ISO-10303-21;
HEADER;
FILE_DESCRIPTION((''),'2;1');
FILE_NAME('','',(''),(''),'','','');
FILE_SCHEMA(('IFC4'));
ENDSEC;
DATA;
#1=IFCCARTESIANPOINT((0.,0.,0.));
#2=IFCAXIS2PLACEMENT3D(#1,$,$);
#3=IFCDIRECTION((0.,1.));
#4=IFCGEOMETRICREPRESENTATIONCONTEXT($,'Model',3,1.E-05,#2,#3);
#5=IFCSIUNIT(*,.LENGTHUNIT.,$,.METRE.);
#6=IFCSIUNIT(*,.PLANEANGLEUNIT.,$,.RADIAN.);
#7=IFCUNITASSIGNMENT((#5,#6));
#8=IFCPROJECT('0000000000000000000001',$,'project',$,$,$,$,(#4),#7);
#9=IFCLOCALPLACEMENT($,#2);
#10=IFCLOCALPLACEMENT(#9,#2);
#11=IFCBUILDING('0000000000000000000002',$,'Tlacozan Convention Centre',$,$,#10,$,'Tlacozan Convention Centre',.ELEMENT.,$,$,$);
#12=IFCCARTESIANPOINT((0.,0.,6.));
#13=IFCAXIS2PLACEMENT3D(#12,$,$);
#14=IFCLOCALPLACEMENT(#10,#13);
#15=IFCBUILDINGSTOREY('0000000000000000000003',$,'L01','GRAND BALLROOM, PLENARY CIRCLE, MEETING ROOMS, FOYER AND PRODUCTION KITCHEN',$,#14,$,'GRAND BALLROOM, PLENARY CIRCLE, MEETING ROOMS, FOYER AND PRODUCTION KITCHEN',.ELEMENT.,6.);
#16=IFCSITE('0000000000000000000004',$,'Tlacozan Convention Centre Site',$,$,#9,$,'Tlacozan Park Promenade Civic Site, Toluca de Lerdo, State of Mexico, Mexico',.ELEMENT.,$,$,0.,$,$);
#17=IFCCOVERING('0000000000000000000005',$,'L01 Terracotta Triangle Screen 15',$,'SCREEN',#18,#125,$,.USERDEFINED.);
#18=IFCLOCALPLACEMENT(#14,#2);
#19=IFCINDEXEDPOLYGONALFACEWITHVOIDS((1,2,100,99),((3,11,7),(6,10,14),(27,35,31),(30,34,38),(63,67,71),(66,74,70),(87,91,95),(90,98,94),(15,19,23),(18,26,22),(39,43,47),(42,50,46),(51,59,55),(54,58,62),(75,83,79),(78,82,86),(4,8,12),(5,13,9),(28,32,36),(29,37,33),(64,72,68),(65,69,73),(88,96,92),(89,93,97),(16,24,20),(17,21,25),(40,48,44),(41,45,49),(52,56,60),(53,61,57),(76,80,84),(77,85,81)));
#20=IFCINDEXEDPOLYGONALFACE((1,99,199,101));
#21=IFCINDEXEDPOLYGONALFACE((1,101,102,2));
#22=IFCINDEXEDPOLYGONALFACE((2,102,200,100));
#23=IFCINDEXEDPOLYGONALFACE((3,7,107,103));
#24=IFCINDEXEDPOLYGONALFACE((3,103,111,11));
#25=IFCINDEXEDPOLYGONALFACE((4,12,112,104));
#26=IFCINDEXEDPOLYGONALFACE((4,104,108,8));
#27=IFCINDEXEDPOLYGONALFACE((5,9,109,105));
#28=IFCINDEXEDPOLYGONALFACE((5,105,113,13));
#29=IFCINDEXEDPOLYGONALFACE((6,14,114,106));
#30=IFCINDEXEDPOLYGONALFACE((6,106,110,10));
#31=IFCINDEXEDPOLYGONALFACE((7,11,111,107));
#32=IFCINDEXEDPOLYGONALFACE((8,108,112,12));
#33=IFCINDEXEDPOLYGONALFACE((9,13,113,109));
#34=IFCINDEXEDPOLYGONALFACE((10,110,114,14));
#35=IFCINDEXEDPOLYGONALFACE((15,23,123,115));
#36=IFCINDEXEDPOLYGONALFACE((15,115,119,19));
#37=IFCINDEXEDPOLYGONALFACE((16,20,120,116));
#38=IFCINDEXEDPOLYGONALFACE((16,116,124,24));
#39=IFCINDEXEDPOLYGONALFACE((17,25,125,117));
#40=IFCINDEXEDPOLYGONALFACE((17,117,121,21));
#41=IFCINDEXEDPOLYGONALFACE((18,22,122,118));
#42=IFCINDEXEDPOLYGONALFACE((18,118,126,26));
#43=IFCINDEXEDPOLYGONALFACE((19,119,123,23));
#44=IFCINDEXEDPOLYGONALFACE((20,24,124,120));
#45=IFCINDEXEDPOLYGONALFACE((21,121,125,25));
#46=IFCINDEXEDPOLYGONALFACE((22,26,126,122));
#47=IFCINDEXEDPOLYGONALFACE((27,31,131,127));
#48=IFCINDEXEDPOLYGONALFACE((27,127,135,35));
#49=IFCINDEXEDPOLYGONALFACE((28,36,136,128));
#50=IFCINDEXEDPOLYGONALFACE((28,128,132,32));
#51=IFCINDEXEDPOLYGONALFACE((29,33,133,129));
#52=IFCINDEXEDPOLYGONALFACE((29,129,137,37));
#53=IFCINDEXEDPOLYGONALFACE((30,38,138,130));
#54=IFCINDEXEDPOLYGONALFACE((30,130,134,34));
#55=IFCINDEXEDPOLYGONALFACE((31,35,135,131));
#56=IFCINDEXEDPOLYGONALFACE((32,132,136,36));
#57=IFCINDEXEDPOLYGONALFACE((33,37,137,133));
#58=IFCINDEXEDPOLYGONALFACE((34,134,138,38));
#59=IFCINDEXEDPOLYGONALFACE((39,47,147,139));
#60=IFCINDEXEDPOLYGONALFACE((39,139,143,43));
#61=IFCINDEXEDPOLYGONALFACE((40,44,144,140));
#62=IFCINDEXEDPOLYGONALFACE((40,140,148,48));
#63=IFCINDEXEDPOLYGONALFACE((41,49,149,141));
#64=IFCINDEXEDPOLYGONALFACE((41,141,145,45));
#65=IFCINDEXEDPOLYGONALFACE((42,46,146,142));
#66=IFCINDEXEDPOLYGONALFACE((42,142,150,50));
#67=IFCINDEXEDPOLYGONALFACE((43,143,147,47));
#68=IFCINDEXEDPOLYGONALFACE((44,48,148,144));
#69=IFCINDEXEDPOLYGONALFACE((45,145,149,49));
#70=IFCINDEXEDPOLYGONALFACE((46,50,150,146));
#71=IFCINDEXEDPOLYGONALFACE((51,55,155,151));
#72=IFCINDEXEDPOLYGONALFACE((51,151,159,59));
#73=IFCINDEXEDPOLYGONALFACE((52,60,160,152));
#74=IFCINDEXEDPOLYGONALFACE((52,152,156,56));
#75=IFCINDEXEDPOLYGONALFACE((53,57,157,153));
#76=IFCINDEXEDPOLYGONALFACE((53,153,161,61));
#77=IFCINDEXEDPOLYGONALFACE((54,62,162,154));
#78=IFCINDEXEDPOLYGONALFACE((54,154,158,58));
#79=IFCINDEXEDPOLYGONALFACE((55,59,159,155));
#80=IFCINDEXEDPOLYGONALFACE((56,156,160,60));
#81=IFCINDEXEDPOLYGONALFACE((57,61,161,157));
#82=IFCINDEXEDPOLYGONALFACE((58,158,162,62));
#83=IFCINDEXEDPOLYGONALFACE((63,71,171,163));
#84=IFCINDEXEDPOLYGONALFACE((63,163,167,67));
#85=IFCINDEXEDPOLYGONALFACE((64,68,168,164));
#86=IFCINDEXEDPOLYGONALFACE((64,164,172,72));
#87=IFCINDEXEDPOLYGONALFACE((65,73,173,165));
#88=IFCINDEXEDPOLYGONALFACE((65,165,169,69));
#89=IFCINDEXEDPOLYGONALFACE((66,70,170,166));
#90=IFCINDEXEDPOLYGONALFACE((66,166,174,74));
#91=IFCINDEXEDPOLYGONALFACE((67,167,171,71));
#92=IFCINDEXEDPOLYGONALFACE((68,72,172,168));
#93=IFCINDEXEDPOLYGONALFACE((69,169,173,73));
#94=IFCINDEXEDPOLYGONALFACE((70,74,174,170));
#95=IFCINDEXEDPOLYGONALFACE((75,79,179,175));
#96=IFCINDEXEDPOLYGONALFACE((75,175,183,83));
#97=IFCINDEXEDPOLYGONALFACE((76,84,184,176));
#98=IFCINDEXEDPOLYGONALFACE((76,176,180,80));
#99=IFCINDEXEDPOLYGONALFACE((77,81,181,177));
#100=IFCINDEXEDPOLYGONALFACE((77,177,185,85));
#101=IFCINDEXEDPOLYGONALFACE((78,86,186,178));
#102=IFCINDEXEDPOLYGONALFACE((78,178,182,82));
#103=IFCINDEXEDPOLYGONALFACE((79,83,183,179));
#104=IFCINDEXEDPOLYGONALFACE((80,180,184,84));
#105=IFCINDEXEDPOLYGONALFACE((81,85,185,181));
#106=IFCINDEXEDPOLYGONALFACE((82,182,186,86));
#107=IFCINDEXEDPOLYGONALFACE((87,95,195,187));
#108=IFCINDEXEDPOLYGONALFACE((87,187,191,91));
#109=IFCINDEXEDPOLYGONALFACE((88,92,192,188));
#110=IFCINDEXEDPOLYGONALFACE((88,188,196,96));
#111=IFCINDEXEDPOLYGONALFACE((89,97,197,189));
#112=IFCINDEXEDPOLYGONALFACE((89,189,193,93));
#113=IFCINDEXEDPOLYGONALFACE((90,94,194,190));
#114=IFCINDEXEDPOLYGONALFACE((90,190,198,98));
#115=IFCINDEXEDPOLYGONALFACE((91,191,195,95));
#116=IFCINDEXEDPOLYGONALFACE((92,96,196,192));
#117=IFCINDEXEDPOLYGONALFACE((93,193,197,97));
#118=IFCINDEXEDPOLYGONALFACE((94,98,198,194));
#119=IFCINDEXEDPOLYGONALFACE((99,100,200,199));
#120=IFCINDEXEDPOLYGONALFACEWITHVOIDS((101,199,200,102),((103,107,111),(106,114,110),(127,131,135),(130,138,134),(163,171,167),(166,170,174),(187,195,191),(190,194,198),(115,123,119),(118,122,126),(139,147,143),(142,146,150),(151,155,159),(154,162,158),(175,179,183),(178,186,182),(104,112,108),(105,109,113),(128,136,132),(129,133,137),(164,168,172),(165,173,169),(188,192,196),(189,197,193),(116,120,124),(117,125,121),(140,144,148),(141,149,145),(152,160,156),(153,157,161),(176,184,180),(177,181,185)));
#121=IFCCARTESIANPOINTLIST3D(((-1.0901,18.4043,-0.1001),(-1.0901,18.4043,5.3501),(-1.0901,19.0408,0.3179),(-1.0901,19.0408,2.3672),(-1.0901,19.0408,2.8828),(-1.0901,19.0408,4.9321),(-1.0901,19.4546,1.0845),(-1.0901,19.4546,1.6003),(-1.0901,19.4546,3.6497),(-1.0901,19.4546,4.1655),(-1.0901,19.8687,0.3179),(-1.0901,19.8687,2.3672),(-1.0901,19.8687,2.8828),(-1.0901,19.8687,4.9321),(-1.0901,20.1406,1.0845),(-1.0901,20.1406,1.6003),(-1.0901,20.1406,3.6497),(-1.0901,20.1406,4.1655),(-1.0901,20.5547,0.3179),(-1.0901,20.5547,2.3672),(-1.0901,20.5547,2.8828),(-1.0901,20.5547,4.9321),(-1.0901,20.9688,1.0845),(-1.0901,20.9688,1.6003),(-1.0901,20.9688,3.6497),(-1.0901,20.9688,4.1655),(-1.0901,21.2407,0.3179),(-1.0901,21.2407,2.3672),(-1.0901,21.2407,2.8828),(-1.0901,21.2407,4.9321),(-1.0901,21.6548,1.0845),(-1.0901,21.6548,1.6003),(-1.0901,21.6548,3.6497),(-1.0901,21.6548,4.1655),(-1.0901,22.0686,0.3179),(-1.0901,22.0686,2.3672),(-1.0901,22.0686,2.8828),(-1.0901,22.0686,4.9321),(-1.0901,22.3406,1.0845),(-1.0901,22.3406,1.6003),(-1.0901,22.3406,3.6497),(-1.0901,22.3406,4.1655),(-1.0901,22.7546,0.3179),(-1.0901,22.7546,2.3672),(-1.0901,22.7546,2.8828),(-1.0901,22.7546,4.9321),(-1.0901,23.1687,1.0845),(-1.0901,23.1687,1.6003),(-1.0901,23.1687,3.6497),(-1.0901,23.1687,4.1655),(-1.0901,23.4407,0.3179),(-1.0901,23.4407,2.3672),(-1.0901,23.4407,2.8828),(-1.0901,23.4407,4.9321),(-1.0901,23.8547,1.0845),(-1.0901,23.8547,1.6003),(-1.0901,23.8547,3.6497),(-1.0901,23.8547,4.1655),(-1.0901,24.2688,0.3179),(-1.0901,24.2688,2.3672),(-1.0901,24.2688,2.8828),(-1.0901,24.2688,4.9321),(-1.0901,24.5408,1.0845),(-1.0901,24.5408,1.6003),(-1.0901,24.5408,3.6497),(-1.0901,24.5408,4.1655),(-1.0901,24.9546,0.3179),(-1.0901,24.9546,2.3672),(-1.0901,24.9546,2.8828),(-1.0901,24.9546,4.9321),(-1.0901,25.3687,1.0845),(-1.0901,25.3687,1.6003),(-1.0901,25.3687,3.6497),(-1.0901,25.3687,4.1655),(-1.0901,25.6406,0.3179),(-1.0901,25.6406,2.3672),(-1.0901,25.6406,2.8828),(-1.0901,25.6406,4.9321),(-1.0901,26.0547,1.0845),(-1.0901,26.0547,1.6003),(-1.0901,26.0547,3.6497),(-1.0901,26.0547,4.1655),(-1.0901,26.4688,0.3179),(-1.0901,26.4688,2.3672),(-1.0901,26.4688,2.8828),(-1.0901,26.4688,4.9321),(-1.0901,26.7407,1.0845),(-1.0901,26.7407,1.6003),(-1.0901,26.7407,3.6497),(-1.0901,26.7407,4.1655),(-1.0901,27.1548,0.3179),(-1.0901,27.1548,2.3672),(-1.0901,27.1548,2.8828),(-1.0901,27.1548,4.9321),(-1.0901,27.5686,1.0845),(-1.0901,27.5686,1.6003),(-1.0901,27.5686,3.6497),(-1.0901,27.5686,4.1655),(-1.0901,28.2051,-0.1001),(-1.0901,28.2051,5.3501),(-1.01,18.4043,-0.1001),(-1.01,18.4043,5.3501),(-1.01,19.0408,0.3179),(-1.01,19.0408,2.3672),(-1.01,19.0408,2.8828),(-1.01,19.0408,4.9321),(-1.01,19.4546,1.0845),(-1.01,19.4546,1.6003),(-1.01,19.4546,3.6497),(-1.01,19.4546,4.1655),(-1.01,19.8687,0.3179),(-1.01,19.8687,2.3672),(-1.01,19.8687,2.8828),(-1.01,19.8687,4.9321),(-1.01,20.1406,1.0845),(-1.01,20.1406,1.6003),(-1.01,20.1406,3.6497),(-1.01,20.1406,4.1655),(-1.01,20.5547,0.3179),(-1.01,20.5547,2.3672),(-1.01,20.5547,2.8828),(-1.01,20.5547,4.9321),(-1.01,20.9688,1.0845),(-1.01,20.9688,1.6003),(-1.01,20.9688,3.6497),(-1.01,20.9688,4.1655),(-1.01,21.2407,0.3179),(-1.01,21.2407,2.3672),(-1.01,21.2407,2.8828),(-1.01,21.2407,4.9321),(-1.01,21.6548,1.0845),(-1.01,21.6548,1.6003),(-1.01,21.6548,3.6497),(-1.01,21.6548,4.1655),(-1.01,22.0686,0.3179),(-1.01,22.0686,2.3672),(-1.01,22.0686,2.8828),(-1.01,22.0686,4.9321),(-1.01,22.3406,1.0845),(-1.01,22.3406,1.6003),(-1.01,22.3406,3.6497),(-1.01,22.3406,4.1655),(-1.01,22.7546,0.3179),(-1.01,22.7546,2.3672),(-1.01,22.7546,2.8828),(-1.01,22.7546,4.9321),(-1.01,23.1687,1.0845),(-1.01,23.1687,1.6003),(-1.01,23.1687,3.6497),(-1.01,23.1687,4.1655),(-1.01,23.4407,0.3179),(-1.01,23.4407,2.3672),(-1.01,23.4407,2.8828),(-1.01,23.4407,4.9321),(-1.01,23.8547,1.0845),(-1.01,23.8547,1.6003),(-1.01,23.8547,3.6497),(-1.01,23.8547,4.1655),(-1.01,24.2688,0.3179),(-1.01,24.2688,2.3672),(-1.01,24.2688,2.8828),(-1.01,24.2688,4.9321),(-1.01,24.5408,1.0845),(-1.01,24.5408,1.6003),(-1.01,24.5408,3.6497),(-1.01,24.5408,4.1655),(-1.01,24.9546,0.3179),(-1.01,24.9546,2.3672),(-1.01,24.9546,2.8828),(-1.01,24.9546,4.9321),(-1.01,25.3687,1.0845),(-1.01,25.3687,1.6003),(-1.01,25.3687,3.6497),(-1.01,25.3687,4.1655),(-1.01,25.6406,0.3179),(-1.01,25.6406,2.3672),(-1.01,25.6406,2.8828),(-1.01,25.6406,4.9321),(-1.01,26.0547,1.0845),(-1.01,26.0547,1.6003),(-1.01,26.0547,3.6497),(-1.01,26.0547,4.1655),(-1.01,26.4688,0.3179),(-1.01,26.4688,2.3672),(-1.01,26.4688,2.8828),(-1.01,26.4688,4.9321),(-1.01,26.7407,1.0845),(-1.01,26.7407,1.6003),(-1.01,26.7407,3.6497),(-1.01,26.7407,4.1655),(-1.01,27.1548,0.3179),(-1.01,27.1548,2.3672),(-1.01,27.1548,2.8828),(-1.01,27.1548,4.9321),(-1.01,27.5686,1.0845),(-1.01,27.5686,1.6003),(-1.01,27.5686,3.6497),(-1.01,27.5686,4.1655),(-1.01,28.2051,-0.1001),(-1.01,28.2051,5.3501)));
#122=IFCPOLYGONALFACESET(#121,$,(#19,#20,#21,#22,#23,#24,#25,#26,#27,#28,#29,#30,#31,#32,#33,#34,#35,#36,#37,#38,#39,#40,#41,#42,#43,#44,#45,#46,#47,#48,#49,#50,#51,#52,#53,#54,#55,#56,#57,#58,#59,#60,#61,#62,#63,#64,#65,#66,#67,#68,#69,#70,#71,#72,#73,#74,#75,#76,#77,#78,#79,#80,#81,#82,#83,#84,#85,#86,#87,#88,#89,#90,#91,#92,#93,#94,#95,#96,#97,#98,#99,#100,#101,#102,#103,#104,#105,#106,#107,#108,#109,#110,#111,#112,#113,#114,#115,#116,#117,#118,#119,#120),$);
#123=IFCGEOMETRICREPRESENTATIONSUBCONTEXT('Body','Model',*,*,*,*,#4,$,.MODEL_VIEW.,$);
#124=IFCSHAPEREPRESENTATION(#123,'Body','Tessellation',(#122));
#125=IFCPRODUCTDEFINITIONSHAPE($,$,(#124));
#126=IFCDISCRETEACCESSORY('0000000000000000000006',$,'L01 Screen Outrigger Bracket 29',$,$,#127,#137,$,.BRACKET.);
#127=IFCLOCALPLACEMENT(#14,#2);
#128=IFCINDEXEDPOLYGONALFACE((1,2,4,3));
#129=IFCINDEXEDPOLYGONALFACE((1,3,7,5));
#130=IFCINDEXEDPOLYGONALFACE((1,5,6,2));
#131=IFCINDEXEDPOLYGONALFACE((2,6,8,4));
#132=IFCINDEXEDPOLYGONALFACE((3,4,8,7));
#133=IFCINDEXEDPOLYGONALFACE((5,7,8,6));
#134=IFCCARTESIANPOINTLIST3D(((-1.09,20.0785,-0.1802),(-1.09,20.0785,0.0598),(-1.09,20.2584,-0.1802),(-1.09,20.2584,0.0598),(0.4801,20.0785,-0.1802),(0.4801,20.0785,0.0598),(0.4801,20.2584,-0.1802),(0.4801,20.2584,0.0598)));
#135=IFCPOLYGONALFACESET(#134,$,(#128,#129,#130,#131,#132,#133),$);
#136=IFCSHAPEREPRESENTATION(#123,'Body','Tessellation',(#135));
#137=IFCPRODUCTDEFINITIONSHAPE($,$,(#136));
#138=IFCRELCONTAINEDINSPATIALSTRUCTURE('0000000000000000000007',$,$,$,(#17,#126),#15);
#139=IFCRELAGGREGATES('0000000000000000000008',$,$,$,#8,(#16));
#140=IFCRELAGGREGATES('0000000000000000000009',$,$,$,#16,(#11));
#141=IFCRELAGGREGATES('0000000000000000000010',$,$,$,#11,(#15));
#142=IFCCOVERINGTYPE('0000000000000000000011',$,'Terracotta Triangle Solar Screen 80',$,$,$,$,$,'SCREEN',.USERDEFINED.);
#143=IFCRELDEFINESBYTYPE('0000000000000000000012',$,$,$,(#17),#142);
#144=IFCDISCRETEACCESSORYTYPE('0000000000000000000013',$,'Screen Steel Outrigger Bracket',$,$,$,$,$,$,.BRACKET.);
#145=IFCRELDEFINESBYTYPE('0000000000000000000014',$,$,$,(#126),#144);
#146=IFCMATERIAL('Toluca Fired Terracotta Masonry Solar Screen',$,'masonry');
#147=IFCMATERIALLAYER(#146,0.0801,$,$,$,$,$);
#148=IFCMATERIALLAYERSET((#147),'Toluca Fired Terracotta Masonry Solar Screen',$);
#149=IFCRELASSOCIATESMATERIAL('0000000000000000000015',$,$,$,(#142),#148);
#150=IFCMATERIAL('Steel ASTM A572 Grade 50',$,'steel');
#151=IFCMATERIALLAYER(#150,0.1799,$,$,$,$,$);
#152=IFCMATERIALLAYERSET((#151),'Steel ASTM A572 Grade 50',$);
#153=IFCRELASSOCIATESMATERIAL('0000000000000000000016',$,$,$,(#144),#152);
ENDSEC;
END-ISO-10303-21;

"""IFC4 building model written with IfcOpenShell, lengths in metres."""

from ifc_helpers import new_model, si_unit, direction, frame, origin, origin_2d, place, context, subcontext, project, spatial, polyline, rectangle, outline, extrude, material, layer, layer_set, type_object, element, save


model = new_model("IFC4")

# Units and contexts
model_context = context("Model", 3, precision=1e-05, world=origin(), true_north=direction((0.0, 1.0)))
body_context = subcontext(model_context, "Body", "Model", "MODEL_VIEW")
ifc_project = project(units=[si_unit("LENGTHUNIT", "METRE"), si_unit("PLANEANGLEUNIT", "RADIAN")], contexts=[model_context])

# Site, building, storey
site_placement = place(None, origin())
site = spatial("IfcSite", under=ifc_project, at=site_placement, Name="Tlacozan Convention Centre Site", LongName="Tlacozan Park Promenade Civic Site, Toluca de Lerdo, State of Mexico, Mexico", CompositionType="ELEMENT", RefElevation=0.0)
building_placement = place(site_placement, origin())
building = spatial("IfcBuilding", under=site, at=building_placement, Name="Tlacozan Convention Centre", LongName="Tlacozan Convention Centre", CompositionType="ELEMENT")
storey_placement = place(building_placement, frame((0.0, 0.0, 6.0)))
storey = spatial("IfcBuildingStorey", under=building, at=storey_placement, Name="L01", Description="GRAND BALLROOM, PLENARY CIRCLE, MEETING ROOMS, FOYER AND PRODUCTION KITCHEN", LongName="GRAND BALLROOM, PLENARY CIRCLE, MEETING ROOMS, FOYER AND PRODUCTION KITCHEN", CompositionType="ELEMENT", Elevation=6.0)

# Covering
ifc_material_1 = material(Name="Toluca Fired Terracotta Masonry Solar Screen", Category="masonry")
ifc_layer_1 = layer(ifc_material_1, 0.0801)
ifc_layer_set_1 = layer_set([ifc_layer_1], Name="Toluca Fired Terracotta Masonry Solar Screen")
covering_type = type_object("IfcCoveringType", Name="Terracotta Triangle Solar Screen 80", ElementType="SCREEN", PredefinedType="USERDEFINED", material=ifc_layer_set_1)
covering_placement = place(storey_placement, frame((-1.05, 18.4043, -0.1001), z_axis=(0.0, 0.0, 1.0), x_axis=(0.0, 1.0, 0.0)))
element("IfcCovering", 1, at=covering_placement, inside=storey, type_object=covering_type, Name="L01 Terracotta Triangle Screen 15", ObjectType="SCREEN", PredefinedType="USERDEFINED", context=body_context, shape_type="SweptSolid", body=[
    extrude(outline(polyline([(0.0, 0.0), (9.8008, 0.0), (9.8008, 5.4502), (0.0, 5.4502), (0.0, 0.0)]), holes=[polyline([(0.6365, 0.418), (1.4644, 0.418), (1.0503, 1.1846), (0.6365, 0.418)]), polyline([(1.7363, 1.1846), (2.5645, 1.1846), (2.1504, 0.418), (1.7363, 1.1846)]), polyline([(2.8364, 0.418), (3.6643, 0.418), (3.2505, 1.1846), (2.8364, 0.418)]), polyline([(3.9363, 1.1846), (4.7644, 1.1846), (4.3503, 0.418), (3.9363, 1.1846)]), polyline([(5.0364, 0.418), (5.8645, 0.418), (5.4504, 1.1846), (5.0364, 0.418)]), polyline([(6.1365, 1.1846), (6.9644, 1.1846), (6.5503, 0.418), (6.1365, 1.1846)]), polyline([(7.2363, 0.418), (8.0645, 0.418), (7.6504, 1.1846), (7.2363, 0.418)]), polyline([(8.3364, 1.1846), (9.1643, 1.1846), (8.7505, 0.418), (8.3364, 1.1846)]), polyline([(0.6365, 2.4673), (1.4644, 2.4673), (1.0503, 1.7004), (0.6365, 2.4673)]), polyline([(1.7363, 1.7004), (2.5645, 1.7004), (2.1504, 2.4673), (1.7363, 1.7004)]), polyline([(2.8364, 2.4673), (3.6643, 2.4673), (3.2505, 1.7004), (2.8364, 2.4673)]), polyline([(3.9363, 1.7004), (4.7644, 1.7004), (4.3503, 2.4673), (3.9363, 1.7004)]), polyline([(5.0364, 2.4673), (5.8645, 2.4673), (5.4504, 1.7004), (5.0364, 2.4673)]), polyline([(6.1365, 1.7004), (6.9644, 1.7004), (6.5503, 2.4673), (6.1365, 1.7004)]), polyline([(7.2363, 2.4673), (8.0645, 2.4673), (7.6504, 1.7004), (7.2363, 2.4673)]), polyline([(8.3364, 1.7004), (9.1643, 1.7004), (8.7505, 2.4673), (8.3364, 1.7004)]), polyline([(0.6365, 2.9829), (1.4644, 2.9829), (1.0503, 3.7498), (0.6365, 2.9829)]), polyline([(1.7363, 3.7498), (2.5645, 3.7498), (2.1504, 2.9829), (1.7363, 3.7498)]), polyline([(2.8364, 2.9829), (3.6643, 2.9829), (3.2505, 3.7498), (2.8364, 2.9829)]), polyline([(3.9363, 3.7498), (4.7644, 3.7498), (4.3503, 2.9829), (3.9363, 3.7498)]), polyline([(5.0364, 2.9829), (5.8645, 2.9829), (5.4504, 3.7498), (5.0364, 2.9829)]), polyline([(6.1365, 3.7498), (6.9644, 3.7498), (6.5503, 2.9829), (6.1365, 3.7498)]), polyline([(7.2363, 2.9829), (8.0645, 2.9829), (7.6504, 3.7498), (7.2363, 2.9829)]), polyline([(8.3364, 3.7498), (9.1643, 3.7498), (8.7505, 2.9829), (8.3364, 3.7498)]), polyline([(0.6365, 5.0322), (1.4644, 5.0322), (1.0503, 4.2656), (0.6365, 5.0322)]), polyline([(1.7363, 4.2656), (2.5645, 4.2656), (2.1504, 5.0322), (1.7363, 4.2656)]), polyline([(2.8364, 5.0322), (3.6643, 5.0322), (3.2505, 4.2656), (2.8364, 5.0322)]), polyline([(3.9363, 4.2656), (4.7644, 4.2656), (4.3503, 5.0322), (3.9363, 4.2656)]), polyline([(5.0364, 5.0322), (5.8645, 5.0322), (5.4504, 4.2656), (5.0364, 5.0322)]), polyline([(6.1365, 4.2656), (6.9644, 4.2656), (6.5503, 5.0322), (6.1365, 4.2656)]), polyline([(7.2363, 5.0322), (8.0645, 5.0322), (7.6504, 4.2656), (7.2363, 5.0322)]), polyline([(8.3364, 4.2656), (9.1643, 4.2656), (8.7505, 5.0322), (8.3364, 4.2656)])]), frame((0.0, 0.04, 0.0), z_axis=(0.0, -1.0, 0.0), x_axis=(1.0, 0.0, 0.0)), (0.0, 0.0, 1.0), 0.0801),
])

# Discrete accessory
ifc_material_2 = material(Name="Steel ASTM A572 Grade 50", Category="steel")
ifc_layer_2 = layer(ifc_material_2, 0.1799)
ifc_layer_set_2 = layer_set([ifc_layer_2], Name="Steel ASTM A572 Grade 50")
discrete_accessory_type = type_object("IfcDiscreteAccessoryType", Name="Screen Steel Outrigger Bracket", PredefinedType="BRACKET", material=ifc_layer_set_2)
discrete_accessory_placement = place(storey_placement, frame((-0.3049, 20.1685, -0.1802), z_axis=(0.0, 0.0, 1.0), x_axis=(1.0, 0.0, 0.0)))
element("IfcDiscreteAccessory", 2, at=discrete_accessory_placement, inside=storey, type_object=discrete_accessory_type, Name="L01 Screen Outrigger Bracket 29", PredefinedType="BRACKET", context=body_context, shape_type="SweptSolid", body=[
    extrude(rectangle(XDim=1.5701, YDim=0.1799, at=origin_2d()), origin(), (0.0, 0.0, 1.0), 0.24),
])

save(model, "model.ifc")
